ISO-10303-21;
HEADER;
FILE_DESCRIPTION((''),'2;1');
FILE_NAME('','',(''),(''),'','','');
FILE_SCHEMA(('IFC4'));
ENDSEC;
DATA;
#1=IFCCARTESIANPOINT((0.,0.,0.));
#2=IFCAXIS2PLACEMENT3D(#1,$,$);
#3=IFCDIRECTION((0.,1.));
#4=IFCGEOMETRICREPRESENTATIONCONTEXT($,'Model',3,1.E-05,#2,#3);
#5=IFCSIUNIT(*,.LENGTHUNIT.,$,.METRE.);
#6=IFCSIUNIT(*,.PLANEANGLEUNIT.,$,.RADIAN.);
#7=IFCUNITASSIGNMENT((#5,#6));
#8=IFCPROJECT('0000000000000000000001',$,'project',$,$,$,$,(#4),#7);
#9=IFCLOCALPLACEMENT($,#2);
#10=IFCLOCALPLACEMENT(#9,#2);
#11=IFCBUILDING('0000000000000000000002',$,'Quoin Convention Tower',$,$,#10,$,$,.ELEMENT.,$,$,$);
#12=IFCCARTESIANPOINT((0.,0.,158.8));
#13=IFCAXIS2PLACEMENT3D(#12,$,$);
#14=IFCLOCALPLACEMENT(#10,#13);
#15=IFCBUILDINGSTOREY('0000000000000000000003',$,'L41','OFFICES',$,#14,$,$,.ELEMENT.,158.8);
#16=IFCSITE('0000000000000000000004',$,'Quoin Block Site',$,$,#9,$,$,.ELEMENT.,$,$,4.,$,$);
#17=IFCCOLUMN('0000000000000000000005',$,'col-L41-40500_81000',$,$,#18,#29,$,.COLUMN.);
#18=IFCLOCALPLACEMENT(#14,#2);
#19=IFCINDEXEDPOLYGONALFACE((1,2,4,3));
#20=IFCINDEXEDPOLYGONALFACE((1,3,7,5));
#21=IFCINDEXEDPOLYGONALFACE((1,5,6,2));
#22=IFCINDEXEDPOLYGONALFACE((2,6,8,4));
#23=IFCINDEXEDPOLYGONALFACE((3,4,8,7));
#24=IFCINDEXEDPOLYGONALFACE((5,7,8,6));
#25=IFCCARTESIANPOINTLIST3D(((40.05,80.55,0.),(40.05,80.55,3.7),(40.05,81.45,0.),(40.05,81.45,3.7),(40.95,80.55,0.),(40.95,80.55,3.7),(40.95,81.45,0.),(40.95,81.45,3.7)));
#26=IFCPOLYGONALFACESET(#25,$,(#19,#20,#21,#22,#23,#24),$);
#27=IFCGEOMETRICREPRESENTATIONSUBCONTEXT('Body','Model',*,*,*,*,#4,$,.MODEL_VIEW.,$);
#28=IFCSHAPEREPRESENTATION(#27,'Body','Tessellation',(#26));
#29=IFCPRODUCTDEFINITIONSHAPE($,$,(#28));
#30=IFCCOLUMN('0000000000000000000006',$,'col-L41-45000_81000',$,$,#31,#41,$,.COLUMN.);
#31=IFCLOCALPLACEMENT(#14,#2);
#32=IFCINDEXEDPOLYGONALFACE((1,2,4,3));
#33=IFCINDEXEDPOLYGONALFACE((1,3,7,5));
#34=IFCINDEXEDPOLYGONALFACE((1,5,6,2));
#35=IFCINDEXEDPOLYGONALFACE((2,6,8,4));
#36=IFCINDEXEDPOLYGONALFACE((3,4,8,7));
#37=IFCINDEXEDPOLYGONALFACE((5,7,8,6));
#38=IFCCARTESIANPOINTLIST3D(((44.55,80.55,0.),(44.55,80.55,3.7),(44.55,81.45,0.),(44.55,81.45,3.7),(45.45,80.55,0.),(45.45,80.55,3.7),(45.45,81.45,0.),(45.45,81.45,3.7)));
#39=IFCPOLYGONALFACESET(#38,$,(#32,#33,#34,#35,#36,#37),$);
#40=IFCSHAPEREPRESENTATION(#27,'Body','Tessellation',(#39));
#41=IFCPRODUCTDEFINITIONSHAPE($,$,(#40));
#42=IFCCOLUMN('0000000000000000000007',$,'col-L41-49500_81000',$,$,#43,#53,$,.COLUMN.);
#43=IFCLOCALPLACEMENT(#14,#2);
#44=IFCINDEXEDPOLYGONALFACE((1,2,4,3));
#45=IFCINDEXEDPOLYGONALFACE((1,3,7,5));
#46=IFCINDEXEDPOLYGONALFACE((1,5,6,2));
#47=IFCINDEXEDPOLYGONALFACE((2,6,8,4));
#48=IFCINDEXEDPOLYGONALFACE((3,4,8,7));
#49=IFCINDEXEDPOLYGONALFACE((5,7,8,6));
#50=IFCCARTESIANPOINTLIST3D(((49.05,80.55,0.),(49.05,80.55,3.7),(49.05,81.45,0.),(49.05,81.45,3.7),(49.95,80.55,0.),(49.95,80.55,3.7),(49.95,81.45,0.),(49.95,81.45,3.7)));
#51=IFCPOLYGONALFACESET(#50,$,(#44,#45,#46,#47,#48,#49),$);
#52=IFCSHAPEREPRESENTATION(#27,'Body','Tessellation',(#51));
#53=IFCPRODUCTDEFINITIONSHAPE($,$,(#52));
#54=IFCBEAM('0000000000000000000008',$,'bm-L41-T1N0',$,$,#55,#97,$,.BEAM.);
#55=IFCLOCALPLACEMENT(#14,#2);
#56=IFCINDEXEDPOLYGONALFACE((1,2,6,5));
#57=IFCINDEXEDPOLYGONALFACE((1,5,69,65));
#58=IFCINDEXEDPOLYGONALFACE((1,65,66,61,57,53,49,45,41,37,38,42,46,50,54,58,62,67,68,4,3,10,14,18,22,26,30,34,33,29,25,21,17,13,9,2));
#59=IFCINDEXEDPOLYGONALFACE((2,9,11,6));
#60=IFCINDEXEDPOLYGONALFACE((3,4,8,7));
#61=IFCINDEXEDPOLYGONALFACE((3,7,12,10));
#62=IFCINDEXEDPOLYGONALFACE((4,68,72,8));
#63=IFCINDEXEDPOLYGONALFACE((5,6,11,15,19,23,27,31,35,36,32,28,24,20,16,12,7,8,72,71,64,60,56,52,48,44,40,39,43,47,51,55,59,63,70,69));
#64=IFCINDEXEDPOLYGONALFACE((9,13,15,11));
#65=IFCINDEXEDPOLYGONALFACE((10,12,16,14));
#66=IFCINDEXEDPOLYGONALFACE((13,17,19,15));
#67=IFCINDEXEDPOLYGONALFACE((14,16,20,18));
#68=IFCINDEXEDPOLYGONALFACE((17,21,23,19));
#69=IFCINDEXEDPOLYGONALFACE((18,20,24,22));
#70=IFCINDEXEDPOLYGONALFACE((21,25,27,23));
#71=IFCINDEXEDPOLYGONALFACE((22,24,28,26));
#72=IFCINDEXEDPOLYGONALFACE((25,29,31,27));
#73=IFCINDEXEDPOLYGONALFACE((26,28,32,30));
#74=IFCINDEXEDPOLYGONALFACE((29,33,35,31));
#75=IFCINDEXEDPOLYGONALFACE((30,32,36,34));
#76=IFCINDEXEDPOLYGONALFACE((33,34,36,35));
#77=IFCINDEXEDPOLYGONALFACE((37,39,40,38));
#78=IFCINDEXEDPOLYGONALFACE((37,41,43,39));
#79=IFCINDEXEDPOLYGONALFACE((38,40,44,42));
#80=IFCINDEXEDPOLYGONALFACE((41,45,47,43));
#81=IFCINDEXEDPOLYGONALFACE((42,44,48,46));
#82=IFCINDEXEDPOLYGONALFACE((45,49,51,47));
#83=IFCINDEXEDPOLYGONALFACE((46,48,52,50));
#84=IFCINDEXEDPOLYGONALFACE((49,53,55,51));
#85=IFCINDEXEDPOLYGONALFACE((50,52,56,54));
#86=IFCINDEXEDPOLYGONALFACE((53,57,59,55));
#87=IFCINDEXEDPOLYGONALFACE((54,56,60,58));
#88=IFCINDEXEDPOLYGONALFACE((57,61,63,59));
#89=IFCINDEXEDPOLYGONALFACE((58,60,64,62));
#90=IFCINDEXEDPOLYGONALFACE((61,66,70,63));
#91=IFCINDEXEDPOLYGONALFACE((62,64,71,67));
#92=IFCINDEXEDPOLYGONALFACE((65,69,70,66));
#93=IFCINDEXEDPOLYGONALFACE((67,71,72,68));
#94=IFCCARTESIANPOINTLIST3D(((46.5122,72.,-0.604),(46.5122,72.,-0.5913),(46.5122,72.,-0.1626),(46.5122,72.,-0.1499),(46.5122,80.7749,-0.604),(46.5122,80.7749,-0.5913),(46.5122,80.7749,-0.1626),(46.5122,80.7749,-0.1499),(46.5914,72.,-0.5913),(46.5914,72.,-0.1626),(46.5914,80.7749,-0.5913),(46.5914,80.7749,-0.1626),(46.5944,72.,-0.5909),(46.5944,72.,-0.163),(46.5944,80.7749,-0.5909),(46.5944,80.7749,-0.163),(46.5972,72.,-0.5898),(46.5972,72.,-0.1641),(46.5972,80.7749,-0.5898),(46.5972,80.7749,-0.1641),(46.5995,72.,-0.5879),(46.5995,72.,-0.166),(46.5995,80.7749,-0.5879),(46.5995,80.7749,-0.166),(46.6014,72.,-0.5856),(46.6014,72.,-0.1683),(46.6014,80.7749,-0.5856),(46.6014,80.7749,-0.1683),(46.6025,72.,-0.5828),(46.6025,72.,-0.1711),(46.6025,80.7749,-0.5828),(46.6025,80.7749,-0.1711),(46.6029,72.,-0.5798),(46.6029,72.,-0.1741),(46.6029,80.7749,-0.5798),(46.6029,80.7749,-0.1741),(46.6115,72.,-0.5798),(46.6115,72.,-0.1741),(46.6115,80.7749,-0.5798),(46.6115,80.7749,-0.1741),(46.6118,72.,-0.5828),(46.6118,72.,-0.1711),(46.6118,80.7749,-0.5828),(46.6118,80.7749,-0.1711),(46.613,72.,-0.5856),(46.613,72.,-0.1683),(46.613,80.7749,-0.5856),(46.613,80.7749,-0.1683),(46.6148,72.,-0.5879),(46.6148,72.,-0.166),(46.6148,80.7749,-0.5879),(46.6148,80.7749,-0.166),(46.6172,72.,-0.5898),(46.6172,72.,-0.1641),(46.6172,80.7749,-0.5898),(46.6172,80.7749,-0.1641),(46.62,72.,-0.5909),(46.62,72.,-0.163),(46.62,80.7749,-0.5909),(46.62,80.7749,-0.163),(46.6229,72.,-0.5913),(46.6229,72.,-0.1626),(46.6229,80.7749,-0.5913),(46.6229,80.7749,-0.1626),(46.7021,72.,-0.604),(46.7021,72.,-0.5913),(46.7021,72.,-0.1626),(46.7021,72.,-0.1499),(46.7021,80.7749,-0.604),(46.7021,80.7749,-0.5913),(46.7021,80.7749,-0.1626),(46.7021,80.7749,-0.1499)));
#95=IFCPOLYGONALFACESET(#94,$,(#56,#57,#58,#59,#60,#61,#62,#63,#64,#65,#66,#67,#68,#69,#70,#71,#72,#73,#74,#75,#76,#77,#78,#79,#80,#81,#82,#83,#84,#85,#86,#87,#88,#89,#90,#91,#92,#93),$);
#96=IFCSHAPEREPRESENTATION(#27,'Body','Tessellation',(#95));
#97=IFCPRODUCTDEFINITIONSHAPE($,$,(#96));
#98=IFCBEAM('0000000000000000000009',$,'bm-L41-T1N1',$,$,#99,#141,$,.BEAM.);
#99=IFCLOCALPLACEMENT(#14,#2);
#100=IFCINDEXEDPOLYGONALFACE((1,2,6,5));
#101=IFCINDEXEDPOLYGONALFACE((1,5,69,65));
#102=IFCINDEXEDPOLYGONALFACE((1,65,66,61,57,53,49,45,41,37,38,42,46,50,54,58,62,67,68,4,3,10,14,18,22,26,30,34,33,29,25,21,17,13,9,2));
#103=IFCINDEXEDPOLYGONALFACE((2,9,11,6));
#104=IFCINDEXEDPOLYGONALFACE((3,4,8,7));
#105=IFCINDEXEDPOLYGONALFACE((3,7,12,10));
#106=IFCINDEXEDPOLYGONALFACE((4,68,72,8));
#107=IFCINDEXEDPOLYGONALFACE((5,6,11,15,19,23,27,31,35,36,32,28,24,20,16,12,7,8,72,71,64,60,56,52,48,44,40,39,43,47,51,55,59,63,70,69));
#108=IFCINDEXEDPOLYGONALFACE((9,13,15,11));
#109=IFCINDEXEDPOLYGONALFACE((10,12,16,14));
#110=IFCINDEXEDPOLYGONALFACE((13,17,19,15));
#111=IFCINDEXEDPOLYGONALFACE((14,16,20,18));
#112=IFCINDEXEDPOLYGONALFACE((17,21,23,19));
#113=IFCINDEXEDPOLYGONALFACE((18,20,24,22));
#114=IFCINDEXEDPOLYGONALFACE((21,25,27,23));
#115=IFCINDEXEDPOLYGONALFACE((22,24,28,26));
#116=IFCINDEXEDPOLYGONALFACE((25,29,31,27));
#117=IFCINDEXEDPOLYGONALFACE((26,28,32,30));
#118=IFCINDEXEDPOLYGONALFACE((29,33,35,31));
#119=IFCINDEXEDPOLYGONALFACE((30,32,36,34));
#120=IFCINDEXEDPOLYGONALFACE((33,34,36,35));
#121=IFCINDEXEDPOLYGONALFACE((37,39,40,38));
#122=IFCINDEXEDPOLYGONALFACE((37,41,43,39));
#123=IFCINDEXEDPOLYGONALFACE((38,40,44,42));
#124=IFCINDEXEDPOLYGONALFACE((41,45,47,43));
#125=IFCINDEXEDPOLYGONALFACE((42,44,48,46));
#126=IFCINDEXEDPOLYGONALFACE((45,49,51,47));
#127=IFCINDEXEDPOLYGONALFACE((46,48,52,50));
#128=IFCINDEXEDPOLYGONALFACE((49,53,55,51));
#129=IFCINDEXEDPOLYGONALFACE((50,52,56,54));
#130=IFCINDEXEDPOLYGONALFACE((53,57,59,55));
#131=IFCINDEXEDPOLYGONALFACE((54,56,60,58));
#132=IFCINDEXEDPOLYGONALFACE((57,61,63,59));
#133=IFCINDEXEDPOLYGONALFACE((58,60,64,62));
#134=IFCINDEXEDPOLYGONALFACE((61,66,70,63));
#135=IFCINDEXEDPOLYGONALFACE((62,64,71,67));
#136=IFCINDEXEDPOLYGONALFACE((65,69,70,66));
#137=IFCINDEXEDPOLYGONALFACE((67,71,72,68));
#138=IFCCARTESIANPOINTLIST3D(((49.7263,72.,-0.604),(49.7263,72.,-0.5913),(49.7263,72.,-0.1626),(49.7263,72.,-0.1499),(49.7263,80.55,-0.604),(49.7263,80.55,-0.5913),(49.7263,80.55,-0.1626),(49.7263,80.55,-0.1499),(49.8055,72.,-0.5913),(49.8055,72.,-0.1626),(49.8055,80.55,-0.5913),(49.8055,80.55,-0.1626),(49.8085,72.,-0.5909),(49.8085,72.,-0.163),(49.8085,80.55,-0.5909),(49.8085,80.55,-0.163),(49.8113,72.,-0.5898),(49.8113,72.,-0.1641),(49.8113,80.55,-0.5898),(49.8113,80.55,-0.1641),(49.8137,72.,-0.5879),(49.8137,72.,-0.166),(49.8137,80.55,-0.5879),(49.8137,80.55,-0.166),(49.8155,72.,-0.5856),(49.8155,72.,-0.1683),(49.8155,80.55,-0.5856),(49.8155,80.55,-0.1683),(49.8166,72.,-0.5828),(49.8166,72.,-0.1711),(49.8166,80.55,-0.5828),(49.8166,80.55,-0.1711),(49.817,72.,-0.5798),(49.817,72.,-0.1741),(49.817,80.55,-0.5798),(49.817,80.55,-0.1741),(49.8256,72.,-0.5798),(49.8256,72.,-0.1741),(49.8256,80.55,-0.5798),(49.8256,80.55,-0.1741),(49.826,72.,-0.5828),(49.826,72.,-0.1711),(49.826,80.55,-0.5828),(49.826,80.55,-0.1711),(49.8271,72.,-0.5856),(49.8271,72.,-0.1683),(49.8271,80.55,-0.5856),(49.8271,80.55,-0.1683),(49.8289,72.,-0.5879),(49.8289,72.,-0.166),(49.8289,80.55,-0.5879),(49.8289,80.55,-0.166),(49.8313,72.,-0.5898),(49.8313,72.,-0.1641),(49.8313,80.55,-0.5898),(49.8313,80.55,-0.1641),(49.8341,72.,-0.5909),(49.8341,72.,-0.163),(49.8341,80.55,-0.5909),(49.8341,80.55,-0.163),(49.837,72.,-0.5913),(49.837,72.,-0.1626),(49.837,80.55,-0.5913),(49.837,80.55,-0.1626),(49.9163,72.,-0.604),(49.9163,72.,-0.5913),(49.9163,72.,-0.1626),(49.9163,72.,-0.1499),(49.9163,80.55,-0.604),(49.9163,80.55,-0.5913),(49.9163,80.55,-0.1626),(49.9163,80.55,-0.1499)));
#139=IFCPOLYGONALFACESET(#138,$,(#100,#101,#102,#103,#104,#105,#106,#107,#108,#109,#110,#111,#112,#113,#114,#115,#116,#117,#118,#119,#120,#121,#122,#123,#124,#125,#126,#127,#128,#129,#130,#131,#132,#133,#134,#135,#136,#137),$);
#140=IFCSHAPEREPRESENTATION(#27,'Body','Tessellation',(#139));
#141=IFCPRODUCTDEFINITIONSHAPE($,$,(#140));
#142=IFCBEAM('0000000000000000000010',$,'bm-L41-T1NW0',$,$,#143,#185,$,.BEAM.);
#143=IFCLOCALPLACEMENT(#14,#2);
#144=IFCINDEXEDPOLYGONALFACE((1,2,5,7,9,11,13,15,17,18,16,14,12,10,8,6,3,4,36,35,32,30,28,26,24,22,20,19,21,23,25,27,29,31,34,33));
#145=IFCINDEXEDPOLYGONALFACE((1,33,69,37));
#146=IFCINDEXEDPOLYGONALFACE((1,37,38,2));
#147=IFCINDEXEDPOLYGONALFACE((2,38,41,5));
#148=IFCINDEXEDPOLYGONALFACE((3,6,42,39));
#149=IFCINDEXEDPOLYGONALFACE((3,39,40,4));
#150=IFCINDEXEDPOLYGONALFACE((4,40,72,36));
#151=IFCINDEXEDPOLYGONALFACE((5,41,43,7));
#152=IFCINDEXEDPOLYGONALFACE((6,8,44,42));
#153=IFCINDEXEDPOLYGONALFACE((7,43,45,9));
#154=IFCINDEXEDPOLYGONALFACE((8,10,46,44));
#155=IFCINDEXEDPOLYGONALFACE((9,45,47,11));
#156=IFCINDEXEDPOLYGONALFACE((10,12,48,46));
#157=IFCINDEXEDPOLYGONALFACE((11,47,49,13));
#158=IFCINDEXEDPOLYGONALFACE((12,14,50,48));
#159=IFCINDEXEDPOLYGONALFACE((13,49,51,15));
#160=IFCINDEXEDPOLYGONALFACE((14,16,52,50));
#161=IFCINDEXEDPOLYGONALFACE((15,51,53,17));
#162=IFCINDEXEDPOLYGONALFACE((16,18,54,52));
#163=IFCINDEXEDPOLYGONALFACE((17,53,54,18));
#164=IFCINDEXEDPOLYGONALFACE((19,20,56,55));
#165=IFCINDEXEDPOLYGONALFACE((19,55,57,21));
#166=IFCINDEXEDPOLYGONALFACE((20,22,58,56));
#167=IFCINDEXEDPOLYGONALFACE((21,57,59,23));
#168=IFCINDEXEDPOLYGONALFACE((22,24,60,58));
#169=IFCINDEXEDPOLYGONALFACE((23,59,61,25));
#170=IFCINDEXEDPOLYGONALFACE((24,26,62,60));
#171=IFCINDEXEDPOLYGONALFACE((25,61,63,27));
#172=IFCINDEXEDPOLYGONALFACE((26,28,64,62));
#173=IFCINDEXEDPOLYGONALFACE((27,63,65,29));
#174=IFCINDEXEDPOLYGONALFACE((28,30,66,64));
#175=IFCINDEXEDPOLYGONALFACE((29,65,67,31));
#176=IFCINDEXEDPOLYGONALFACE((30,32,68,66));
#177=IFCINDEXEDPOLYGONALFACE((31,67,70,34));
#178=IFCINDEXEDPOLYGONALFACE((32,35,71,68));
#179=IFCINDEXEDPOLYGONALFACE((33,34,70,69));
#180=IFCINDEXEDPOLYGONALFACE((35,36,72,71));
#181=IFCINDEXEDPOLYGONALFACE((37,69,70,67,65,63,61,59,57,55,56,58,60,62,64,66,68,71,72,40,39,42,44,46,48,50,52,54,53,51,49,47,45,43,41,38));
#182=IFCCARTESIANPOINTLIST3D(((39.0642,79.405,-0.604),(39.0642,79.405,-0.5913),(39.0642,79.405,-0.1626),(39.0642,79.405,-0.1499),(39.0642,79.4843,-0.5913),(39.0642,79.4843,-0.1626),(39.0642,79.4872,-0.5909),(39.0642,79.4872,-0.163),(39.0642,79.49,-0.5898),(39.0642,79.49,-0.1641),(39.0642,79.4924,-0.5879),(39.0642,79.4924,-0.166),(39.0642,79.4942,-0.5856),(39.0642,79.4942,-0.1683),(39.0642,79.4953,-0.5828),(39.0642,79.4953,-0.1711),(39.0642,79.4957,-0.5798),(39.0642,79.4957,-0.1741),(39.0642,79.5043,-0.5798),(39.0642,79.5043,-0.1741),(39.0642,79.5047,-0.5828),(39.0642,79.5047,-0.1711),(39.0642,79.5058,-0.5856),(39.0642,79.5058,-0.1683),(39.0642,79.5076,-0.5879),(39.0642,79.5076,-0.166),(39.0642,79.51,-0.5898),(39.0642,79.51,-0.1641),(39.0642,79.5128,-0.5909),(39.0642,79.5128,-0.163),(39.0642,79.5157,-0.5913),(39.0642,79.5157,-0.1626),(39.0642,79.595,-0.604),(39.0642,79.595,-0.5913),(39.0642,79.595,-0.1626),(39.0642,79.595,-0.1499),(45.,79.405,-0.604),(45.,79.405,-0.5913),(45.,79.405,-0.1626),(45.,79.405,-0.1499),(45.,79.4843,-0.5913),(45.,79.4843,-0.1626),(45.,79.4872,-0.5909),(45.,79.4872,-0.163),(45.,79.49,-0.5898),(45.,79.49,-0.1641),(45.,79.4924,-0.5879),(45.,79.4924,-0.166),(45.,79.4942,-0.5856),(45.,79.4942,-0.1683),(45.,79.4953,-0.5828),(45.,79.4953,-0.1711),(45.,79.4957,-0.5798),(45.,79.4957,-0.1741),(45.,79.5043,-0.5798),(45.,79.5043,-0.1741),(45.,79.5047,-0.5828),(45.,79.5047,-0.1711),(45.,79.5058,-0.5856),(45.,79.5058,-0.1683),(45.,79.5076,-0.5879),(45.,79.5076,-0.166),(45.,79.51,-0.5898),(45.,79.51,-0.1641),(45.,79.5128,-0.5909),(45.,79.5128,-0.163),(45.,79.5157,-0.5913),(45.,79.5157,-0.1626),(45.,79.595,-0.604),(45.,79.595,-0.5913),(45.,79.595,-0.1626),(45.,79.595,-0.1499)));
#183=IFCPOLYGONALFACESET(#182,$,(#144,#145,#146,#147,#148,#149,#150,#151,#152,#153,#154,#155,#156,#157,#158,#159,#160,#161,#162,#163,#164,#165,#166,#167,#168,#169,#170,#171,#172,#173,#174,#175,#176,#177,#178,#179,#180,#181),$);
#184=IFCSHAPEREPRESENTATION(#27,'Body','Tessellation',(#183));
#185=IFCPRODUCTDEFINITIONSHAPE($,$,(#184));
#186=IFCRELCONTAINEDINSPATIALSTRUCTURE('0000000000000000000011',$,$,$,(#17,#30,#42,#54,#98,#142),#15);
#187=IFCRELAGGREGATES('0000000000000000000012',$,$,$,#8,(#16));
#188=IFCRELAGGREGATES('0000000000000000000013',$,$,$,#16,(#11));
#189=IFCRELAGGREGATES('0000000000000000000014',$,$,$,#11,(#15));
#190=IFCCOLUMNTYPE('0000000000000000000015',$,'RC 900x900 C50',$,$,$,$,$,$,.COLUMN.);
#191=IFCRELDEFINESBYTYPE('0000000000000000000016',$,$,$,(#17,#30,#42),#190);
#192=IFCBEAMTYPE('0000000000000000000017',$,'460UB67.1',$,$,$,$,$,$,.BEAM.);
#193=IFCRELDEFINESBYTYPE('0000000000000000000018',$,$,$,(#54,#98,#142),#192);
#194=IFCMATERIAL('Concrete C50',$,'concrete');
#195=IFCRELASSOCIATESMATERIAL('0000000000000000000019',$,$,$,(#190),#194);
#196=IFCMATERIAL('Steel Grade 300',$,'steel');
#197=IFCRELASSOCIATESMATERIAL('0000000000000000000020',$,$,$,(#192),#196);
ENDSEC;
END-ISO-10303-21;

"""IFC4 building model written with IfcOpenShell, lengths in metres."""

from ifc_helpers import new_model, si_unit, direction, frame, origin, origin_2d, place, context, subcontext, project, spatial, rectangle, i_section, extrude, material, material_profile, profile_set, type_object, element, save


model = new_model("IFC4")

# Units and contexts
model_context = context("Model", 3, precision=1e-05, world=origin(), true_north=direction((0.0, 1.0)))
body_context = subcontext(model_context, "Body", "Model", "MODEL_VIEW")
ifc_project = project(units=[si_unit("LENGTHUNIT", "METRE"), si_unit("PLANEANGLEUNIT", "RADIAN")], contexts=[model_context])

# Site, building, storey
site_placement = place(None, origin())
site = spatial("IfcSite", under=ifc_project, at=site_placement, Name="Quoin Block Site", CompositionType="ELEMENT", RefElevation=4.0)
building_placement = place(site_placement, origin())
building = spatial("IfcBuilding", under=site, at=building_placement, Name="Quoin Convention Tower", CompositionType="ELEMENT")
storey_placement = place(building_placement, frame((0.0, 0.0, 158.8)))
storey = spatial("IfcBuildingStorey", under=building, at=storey_placement, Name="L41", Description="OFFICES", CompositionType="ELEMENT", Elevation=158.8)

# Columns
ifc_material_1 = material(Name="Concrete C50", Category="concrete")
ifc_material_profile_1 = material_profile(ifc_material_1, rectangle(XDim=0.8999, YDim=0.8999, at=origin_2d()), Name="RC 900x900")
ifc_profile_set_1 = profile_set([ifc_material_profile_1], Name="Concrete C50")
column_type = type_object("IfcColumnType", Name="RC 900x900 C50", PredefinedType="COLUMN", material=ifc_profile_set_1)
for number, where, z_axis, x_axis, name in (
    (1, (40.5, 81.0, 0.0), (0.0, 0.0, 1.0), (1.0, 0.0, 0.0), "col-L41-40500_81000"),
    (2, (45.0, 81.0, 0.0), (0.0, 0.0, 1.0), (1.0, 0.0, 0.0), "col-L41-45000_81000"),
    (3, (49.5, 81.0, 0.0), (0.0, 0.0, 1.0), (1.0, 0.0, 0.0), "col-L41-49500_81000"),
):
    element("IfcColumn", number, at=place(storey_placement, frame(where, z_axis=z_axis, x_axis=x_axis)), inside=storey, type_object=column_type, Name=name, PredefinedType="COLUMN", context=body_context, shape_type="SweptSolid", body=[
        extrude(rectangle(XDim=0.8999, YDim=0.8999, at=origin_2d()), origin(), (0.0, 0.0, 1.0), 3.7),
    ])

# Beams
ifc_material_2 = material(Name="Steel Grade 300", Category="steel")
ifc_material_profile_2 = material_profile(ifc_material_2, i_section(OverallWidth=0.1899, OverallDepth=0.4541, WebThickness=0.0085, FlangeThickness=0.0127, FilletRadius=0.0115, at=origin_2d()), Name="460UB67.1")
ifc_profile_set_2 = profile_set([ifc_material_profile_2], Name="Steel Grade 300")
beam_type_1 = type_object("IfcBeamType", Name="460UB67.1", PredefinedType="BEAM", material=ifc_profile_set_2)
beam_1_placement = place(storey_placement, frame((46.6072, 72.0, -0.377), z_axis=(0.0, 1.0, 0.0), x_axis=(-1.0, 0.0, 0.0)))
element("IfcBeam", 4, at=beam_1_placement, inside=storey, type_object=beam_type_1, Name="bm-L41-T1N0", PredefinedType="BEAM", context=body_context, shape_type="SweptSolid", body=[
    extrude(i_section(OverallWidth=0.1899, OverallDepth=0.4541, WebThickness=0.0085, FlangeThickness=0.0127, FilletRadius=0.0115, at=origin_2d()), origin(), (0.0, 0.0, 1.0), 8.7749),
])
beam_2_placement = place(storey_placement, frame((49.8213, 72.0, -0.377), z_axis=(0.0, 1.0, 0.0), x_axis=(-1.0, 0.0, 0.0)))
element("IfcBeam", 5, at=beam_2_placement, inside=storey, type_object=beam_type_1, Name="bm-L41-T1N1", PredefinedType="BEAM", context=body_context, shape_type="SweptSolid", body=[
    extrude(i_section(OverallWidth=0.1899, OverallDepth=0.4541, WebThickness=0.0085, FlangeThickness=0.0127, FilletRadius=0.0115, at=origin_2d()), origin(), (0.0, 0.0, 1.0), 8.55),
])
beam_3_placement = place(storey_placement, frame((39.0642, 79.5, -0.377), z_axis=(1.0, 0.0, 0.0), x_axis=(0.0, 1.0, 0.0)))
element("IfcBeam", 6, at=beam_3_placement, inside=storey, type_object=beam_type_1, Name="bm-L41-T1NW0", PredefinedType="BEAM", context=body_context, shape_type="SweptSolid", body=[
    extrude(i_section(OverallWidth=0.1899, OverallDepth=0.4541, WebThickness=0.0085, FlangeThickness=0.0127, FilletRadius=0.0115, at=origin_2d()), origin(), (0.0, 0.0, 1.0), 5.9358),
])

save(model, "model.ifc")
